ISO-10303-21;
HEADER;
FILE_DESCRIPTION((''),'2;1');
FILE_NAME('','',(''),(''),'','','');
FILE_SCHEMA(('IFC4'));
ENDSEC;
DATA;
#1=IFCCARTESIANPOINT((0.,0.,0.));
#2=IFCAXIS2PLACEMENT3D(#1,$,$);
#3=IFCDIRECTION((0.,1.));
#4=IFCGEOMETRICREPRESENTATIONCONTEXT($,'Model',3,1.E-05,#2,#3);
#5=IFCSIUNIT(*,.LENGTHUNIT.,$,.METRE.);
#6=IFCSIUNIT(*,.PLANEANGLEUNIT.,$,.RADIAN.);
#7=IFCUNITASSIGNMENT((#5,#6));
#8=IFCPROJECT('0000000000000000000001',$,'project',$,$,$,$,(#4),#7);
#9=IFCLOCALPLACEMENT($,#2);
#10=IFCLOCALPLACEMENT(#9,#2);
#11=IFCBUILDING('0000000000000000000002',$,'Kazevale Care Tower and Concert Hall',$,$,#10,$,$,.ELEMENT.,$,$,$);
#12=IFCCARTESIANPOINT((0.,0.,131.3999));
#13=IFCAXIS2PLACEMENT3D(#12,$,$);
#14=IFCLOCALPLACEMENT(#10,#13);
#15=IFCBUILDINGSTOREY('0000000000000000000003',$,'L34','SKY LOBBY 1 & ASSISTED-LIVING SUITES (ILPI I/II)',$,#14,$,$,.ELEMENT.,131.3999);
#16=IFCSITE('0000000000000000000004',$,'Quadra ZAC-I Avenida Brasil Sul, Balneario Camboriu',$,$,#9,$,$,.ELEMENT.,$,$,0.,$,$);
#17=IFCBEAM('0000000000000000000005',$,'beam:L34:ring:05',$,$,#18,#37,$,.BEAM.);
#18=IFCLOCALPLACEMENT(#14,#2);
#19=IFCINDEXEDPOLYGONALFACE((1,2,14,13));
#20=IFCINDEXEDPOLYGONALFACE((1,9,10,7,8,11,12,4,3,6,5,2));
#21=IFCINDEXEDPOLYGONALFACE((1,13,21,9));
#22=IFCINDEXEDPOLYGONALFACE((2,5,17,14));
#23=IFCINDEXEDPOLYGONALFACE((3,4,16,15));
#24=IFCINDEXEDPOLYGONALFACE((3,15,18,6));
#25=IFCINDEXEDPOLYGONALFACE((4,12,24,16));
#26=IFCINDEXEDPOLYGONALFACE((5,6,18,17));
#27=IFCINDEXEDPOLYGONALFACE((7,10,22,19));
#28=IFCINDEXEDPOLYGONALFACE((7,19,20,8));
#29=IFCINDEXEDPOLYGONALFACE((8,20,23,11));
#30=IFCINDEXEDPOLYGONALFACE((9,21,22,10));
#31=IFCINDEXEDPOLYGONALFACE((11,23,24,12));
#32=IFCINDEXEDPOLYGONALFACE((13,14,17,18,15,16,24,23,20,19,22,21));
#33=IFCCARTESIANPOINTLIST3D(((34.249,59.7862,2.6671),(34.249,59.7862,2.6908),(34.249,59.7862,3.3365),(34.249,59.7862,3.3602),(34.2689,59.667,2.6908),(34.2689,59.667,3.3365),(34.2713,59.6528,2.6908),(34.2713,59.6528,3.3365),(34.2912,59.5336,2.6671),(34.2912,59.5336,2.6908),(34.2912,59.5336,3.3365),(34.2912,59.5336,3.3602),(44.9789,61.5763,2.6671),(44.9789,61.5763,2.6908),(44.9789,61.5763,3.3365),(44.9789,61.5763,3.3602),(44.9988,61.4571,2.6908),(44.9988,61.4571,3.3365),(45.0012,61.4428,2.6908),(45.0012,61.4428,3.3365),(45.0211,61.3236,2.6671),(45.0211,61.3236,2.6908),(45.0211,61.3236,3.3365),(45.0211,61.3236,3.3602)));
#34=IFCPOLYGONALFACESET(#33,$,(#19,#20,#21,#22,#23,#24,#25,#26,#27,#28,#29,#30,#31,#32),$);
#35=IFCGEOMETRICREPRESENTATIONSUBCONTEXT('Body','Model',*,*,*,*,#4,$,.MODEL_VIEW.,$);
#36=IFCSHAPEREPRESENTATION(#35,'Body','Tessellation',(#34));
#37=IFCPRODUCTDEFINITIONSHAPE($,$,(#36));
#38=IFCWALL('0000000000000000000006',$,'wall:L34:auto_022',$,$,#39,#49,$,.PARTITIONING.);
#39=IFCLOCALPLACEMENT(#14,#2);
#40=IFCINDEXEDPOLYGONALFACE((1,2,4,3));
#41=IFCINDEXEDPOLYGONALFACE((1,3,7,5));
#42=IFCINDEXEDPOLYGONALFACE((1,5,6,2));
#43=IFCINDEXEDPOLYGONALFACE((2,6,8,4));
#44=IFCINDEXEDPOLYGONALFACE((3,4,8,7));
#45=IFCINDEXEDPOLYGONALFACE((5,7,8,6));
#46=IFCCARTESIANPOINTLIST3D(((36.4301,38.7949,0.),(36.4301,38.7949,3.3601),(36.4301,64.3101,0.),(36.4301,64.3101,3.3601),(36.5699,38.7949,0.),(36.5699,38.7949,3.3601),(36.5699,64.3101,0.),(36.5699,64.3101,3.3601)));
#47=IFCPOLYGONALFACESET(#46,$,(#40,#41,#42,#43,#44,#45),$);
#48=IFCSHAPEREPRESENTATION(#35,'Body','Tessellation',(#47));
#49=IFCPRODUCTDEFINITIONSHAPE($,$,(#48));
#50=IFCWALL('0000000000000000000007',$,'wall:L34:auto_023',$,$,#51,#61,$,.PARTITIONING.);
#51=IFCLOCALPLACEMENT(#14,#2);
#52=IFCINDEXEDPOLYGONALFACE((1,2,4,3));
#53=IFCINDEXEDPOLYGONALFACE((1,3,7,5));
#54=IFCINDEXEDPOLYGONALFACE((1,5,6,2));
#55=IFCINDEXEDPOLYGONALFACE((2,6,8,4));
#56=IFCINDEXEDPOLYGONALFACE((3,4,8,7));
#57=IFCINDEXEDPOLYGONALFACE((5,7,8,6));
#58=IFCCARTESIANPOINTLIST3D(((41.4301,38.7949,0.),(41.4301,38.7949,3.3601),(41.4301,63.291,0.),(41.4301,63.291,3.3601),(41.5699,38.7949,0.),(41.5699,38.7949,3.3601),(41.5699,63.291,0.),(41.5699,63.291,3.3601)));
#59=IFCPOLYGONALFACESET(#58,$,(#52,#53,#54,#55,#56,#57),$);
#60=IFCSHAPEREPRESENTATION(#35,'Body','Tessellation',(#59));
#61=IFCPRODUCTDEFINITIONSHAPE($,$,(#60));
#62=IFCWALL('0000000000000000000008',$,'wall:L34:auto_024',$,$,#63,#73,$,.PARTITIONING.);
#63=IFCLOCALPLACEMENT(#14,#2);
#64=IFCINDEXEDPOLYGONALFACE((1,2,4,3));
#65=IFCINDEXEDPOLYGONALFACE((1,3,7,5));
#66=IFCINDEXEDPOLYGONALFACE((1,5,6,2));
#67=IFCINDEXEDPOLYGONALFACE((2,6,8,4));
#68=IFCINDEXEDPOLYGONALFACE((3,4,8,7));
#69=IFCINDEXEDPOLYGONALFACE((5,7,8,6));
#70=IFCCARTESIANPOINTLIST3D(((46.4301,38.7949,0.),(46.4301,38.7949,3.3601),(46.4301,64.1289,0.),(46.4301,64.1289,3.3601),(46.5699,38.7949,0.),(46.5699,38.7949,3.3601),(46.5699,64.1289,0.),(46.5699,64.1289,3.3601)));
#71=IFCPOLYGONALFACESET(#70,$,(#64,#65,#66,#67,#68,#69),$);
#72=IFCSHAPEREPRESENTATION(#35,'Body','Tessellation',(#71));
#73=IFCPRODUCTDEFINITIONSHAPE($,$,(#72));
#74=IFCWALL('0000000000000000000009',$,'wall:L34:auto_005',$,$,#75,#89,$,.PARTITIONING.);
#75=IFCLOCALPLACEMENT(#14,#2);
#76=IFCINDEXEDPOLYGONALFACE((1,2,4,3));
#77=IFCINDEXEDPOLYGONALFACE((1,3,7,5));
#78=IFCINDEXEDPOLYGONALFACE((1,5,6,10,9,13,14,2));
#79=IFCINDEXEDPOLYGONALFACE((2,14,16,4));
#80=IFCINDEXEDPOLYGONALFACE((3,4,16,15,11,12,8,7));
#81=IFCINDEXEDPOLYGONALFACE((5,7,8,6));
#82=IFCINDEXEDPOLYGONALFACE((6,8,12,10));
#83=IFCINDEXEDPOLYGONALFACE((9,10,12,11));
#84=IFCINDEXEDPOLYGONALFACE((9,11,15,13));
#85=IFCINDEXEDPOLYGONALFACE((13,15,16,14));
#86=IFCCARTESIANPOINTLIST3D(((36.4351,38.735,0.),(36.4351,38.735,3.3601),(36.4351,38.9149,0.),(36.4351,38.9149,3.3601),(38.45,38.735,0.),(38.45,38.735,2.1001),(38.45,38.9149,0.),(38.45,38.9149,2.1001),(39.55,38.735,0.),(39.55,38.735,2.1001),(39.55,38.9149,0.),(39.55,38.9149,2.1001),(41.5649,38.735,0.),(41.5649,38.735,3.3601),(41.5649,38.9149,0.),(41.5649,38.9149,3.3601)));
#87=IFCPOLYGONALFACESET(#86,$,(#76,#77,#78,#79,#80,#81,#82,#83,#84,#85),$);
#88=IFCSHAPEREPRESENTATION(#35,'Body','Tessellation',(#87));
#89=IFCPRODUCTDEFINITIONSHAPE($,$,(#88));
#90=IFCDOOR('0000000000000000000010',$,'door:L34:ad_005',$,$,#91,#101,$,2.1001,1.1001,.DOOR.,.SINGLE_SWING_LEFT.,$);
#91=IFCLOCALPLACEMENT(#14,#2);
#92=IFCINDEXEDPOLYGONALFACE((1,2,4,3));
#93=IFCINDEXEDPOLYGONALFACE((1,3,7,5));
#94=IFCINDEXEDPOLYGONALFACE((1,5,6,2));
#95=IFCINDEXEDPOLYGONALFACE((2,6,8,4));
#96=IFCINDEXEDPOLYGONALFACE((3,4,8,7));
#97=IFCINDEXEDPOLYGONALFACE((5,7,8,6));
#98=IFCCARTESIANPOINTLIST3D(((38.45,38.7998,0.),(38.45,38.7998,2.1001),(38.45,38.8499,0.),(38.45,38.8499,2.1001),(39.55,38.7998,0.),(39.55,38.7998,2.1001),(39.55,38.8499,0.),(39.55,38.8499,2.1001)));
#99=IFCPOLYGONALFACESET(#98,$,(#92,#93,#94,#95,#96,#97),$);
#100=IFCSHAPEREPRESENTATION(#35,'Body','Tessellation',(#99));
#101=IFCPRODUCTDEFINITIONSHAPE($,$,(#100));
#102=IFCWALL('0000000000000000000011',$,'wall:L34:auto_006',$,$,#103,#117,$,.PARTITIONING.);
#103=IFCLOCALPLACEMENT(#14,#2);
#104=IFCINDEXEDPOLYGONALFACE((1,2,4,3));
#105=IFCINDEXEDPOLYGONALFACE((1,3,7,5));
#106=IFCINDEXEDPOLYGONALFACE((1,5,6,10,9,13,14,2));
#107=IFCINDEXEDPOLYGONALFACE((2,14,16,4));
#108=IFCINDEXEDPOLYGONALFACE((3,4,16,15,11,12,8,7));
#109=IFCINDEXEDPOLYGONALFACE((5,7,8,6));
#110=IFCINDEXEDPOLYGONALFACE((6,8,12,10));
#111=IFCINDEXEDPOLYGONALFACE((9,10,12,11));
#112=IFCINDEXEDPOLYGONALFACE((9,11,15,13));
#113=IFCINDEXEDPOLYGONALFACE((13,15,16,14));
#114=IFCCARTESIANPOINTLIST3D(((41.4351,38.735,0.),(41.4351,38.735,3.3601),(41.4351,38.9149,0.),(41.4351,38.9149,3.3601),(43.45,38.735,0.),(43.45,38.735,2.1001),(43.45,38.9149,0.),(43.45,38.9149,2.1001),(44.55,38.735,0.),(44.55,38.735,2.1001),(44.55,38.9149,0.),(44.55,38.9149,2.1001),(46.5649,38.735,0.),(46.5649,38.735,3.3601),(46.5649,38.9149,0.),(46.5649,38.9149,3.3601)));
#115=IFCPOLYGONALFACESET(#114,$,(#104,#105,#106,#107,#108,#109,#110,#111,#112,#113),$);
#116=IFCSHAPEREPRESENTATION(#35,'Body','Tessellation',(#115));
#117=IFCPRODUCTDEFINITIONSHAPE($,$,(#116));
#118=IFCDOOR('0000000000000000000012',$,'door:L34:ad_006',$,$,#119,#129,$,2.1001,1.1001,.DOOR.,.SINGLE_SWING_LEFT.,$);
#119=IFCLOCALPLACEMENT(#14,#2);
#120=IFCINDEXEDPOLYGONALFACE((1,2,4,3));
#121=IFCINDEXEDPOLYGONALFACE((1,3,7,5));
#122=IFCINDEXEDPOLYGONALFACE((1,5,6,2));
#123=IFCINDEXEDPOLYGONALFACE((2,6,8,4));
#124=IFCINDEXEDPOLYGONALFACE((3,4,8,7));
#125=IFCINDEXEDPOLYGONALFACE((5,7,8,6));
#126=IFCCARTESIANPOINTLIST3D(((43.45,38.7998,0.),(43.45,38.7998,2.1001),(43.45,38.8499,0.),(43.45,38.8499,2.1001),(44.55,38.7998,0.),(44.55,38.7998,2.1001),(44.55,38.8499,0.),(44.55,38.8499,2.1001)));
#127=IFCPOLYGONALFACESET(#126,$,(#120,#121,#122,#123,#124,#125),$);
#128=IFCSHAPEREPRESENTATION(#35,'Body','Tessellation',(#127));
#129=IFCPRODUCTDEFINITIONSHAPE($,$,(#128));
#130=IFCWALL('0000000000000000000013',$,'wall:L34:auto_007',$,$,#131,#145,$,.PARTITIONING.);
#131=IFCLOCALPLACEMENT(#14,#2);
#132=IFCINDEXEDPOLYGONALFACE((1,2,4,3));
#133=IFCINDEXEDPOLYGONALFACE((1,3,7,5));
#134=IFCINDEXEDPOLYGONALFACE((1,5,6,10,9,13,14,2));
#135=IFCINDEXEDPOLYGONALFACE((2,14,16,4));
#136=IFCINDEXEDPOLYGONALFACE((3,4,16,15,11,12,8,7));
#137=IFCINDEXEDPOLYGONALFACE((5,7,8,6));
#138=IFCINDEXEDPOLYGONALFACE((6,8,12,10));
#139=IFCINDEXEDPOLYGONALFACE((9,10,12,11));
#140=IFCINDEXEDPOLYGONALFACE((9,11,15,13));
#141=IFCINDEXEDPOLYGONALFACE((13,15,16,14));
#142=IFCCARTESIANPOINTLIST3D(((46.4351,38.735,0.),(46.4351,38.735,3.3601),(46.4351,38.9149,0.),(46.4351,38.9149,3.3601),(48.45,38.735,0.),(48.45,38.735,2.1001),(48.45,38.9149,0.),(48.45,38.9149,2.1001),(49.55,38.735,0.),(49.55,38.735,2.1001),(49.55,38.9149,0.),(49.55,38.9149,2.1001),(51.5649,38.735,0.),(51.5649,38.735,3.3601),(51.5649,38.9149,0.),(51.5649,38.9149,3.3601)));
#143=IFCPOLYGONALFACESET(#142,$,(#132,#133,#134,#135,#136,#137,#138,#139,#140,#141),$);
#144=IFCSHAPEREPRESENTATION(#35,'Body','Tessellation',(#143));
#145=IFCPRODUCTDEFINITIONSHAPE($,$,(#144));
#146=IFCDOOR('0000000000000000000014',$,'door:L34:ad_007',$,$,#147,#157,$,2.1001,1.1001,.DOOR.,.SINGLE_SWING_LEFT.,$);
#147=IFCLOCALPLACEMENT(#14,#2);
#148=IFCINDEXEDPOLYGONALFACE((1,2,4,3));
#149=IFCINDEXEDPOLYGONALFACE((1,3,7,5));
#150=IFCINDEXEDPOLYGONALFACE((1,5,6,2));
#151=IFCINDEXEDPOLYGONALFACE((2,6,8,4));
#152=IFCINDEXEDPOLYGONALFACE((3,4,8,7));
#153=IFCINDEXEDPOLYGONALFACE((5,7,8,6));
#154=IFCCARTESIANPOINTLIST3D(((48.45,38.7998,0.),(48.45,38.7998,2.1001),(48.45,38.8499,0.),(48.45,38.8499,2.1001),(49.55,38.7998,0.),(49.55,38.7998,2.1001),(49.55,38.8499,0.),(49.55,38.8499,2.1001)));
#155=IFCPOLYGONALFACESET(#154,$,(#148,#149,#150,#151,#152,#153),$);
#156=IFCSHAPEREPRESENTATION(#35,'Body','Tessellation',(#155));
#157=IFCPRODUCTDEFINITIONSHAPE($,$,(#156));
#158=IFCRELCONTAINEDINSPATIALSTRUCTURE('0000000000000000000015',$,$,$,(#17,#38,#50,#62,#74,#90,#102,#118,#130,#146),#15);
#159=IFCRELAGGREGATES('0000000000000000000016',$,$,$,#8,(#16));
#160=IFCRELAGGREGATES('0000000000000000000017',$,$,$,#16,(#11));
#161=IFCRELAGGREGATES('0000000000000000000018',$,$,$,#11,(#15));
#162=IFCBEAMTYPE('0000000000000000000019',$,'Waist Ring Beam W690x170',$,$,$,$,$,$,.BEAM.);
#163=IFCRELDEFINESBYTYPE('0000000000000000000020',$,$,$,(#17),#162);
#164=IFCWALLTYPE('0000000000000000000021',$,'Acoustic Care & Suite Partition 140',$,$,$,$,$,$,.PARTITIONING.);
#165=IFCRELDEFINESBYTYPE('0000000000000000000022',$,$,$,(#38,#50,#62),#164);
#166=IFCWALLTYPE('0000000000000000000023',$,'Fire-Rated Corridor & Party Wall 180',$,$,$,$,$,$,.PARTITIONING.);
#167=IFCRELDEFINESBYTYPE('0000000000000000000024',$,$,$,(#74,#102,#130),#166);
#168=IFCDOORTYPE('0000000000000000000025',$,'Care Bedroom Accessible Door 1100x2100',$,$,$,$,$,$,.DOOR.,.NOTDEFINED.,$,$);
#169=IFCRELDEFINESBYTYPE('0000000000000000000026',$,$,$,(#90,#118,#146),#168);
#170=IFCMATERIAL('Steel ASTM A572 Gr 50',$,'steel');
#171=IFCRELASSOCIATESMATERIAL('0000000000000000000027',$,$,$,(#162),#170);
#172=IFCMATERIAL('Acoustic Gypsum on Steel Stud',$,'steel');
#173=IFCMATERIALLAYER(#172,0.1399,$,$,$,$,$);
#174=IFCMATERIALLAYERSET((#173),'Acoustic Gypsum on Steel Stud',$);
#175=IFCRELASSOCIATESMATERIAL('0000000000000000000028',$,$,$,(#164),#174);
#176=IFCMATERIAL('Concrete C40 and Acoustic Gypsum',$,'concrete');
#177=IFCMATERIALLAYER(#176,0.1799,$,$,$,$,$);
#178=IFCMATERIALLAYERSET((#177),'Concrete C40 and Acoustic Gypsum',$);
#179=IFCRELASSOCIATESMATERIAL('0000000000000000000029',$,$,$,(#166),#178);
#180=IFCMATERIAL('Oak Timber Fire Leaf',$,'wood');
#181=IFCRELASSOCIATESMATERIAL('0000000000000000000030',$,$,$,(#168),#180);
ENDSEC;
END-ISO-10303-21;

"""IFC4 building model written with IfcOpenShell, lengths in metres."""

from ifc_helpers import new_model, si_unit, direction, frame, frame_2d, origin, origin_2d, place, context, subcontext, project, spatial, rectangle, i_section, extrude, material, layer, layer_set, material_profile, profile_set, type_object, element, fill, save


model = new_model("IFC4")

# Units and contexts
model_context = context("Model", 3, precision=1e-05, world=origin(), true_north=direction((0.0, 1.0)))
body_context = subcontext(model_context, "Body", "Model", "MODEL_VIEW")
ifc_project = project(units=[si_unit("LENGTHUNIT", "METRE"), si_unit("PLANEANGLEUNIT", "RADIAN")], contexts=[model_context])

# Site, building, storey
site_placement = place(None, origin())
site = spatial("IfcSite", under=ifc_project, at=site_placement, Name="Quadra ZAC-I Avenida Brasil Sul, Balneario Camboriu", CompositionType="ELEMENT", RefElevation=0.0)
building_placement = place(site_placement, origin())
building = spatial("IfcBuilding", under=site, at=building_placement, Name="Kazevale Care Tower and Concert Hall", CompositionType="ELEMENT")
storey_placement = place(building_placement, frame((0.0, 0.0, 131.3999)))
storey = spatial("IfcBuildingStorey", under=building, at=storey_placement, Name="L34", Description="SKY LOBBY 1 & ASSISTED-LIVING SUITES (ILPI I/II)", CompositionType="ELEMENT", Elevation=131.3999)

# Beam
ifc_material_1 = material(Name="Steel ASTM A572 Gr 50", Category="steel")
ifc_material_profile_1 = material_profile(ifc_material_1, i_section(OverallWidth=0.2561, OverallDepth=0.6931, WebThickness=0.0144, FlangeThickness=0.0237, at=origin_2d()), Name="W690x170")
ifc_profile_set_1 = profile_set([ifc_material_profile_1], Name="Steel ASTM A572 Gr 50")
beam_type_1 = type_object("IfcBeamType", Name="Waist Ring Beam W690x170", PredefinedType="BEAM", material=ifc_profile_set_1)
beam_1_placement = place(storey_placement, frame((45.0, 61.45, 3.0137), z_axis=(-0.986368, -0.164552, 0.0), x_axis=(0.164552, -0.986368, 0.0)))
element("IfcBeam", 1, at=beam_1_placement, inside=storey, type_object=beam_type_1, Name="beam:L34:ring:05", PredefinedType="BEAM", context=body_context, shape_type="SweptSolid", body=[
    extrude(i_section(OverallWidth=0.2561, OverallDepth=0.6931, WebThickness=0.0144, FlangeThickness=0.0237, at=origin_2d()), origin(), (0.0, 0.0, 1.0), 10.8782),
])

# Walls
ifc_material_2 = material(Name="Acoustic Gypsum on Steel Stud", Category="steel")
ifc_layer_1 = layer(ifc_material_2, 0.1399)
ifc_layer_set_1 = layer_set([ifc_layer_1], Name="Acoustic Gypsum on Steel Stud")
wall_type_1 = type_object("IfcWallType", Name="Acoustic Care & Suite Partition 140", PredefinedType="PARTITIONING", material=ifc_layer_set_1)
wall_1_placement = place(storey_placement, frame((36.5, 64.3101, 0.0), z_axis=(0.0, 0.0, 1.0), x_axis=(0.0, -1.0, 0.0)))
element("IfcWall", 2, at=wall_1_placement, inside=storey, type_object=wall_type_1, Name="wall:L34:auto_022", PredefinedType="PARTITIONING", context=body_context, shape_type="SweptSolid", body=[
    extrude(rectangle(XDim=25.5151, YDim=0.1399, at=frame_2d((12.7576, 0.0))), origin(), (0.0, 0.0, 1.0), 3.3601),
])
wall_2_placement = place(storey_placement, frame((41.5, 63.291, 0.0), z_axis=(0.0, 0.0, 1.0), x_axis=(0.0, -1.0, 0.0)))
element("IfcWall", 3, at=wall_2_placement, inside=storey, type_object=wall_type_1, Name="wall:L34:auto_023", PredefinedType="PARTITIONING", context=body_context, shape_type="SweptSolid", body=[
    extrude(rectangle(XDim=24.4961, YDim=0.1399, at=frame_2d((12.248, 0.0))), origin(), (0.0, 0.0, 1.0), 3.3601),
])
wall_3_placement = place(storey_placement, frame((46.5, 64.1289, 0.0), z_axis=(0.0, 0.0, 1.0), x_axis=(0.0, -1.0, 0.0)))
element("IfcWall", 4, at=wall_3_placement, inside=storey, type_object=wall_type_1, Name="wall:L34:auto_024", PredefinedType="PARTITIONING", context=body_context, shape_type="SweptSolid", body=[
    extrude(rectangle(XDim=25.334, YDim=0.1399, at=frame_2d((12.667, 0.0))), origin(), (0.0, 0.0, 1.0), 3.3601),
])

# Walls, openings, doors
ifc_material_3 = material(Name="Concrete C40 and Acoustic Gypsum", Category="concrete")
ifc_layer_2 = layer(ifc_material_3, 0.1799)
ifc_layer_set_2 = layer_set([ifc_layer_2], Name="Concrete C40 and Acoustic Gypsum")
wall_type_2 = type_object("IfcWallType", Name="Fire-Rated Corridor & Party Wall 180", PredefinedType="PARTITIONING", material=ifc_layer_set_2)
wall_4_placement = place(storey_placement, frame((36.4351, 38.825, 0.0), z_axis=(0.0, 0.0, 1.0), x_axis=(1.0, 0.0, 0.0)))
wall_4 = element("IfcWall", 5, at=wall_4_placement, inside=storey, type_object=wall_type_2, Name="wall:L34:auto_005", PredefinedType="PARTITIONING", context=body_context, shape_type="SweptSolid", body=[
    extrude(rectangle(XDim=5.1299, YDim=0.1799, at=frame_2d((2.5649, 0.0))), origin(), (0.0, 0.0, 1.0), 3.3601),
])
opening_1_placement = place(wall_4_placement, frame((2.0149, 0.0, 0.0)))
opening_1 = element("IfcOpeningElement", 6, at=opening_1_placement, cuts=wall_4, PredefinedType="OPENING", context=body_context, shape_type="SweptSolid", body=[
    extrude(rectangle(XDim=1.1001, YDim=2.1001, at=frame_2d((0.55, 1.05))), frame((0.0, 0.0999, 0.0), z_axis=(0.0, -1.0, 0.0), x_axis=(1.0, 0.0, 0.0)), (0.0, 0.0, 1.0), 0.2),
])
ifc_material_4 = material(Name="Oak Timber Fire Leaf", Category="wood")
door_type = type_object("IfcDoorType", Name="Care Bedroom Accessible Door 1100x2100", OperationType="NOTDEFINED", PredefinedType="DOOR", material=ifc_material_4)
door_1_placement = place(opening_1_placement, origin())
door_1 = element("IfcDoor", 7, at=door_1_placement, inside=storey, type_object=door_type, Name="door:L34:ad_005", OperationType="SINGLE_SWING_LEFT", OverallHeight=2.1001, OverallWidth=1.1001, PredefinedType="DOOR", context=body_context, shape_type="SweptSolid", body=[
    extrude(rectangle(XDim=1.1001, YDim=2.1001, at=frame_2d((0.55, 1.05))), frame((0.0, 0.0249, 0.0), z_axis=(0.0, -1.0, 0.0), x_axis=(1.0, 0.0, 0.0)), (0.0, 0.0, 1.0), 0.05),
])
fill(opening_1, door_1)
wall_5_placement = place(storey_placement, frame((41.4351, 38.825, 0.0), z_axis=(0.0, 0.0, 1.0), x_axis=(1.0, 0.0, 0.0)))
wall_5 = element("IfcWall", 8, at=wall_5_placement, inside=storey, type_object=wall_type_2, Name="wall:L34:auto_006", PredefinedType="PARTITIONING", context=body_context, shape_type="SweptSolid", body=[
    extrude(rectangle(XDim=5.1299, YDim=0.1799, at=frame_2d((2.5649, 0.0))), origin(), (0.0, 0.0, 1.0), 3.3601),
])
opening_2_placement = place(wall_5_placement, frame((2.0149, 0.0, 0.0)))
opening_2 = element("IfcOpeningElement", 9, at=opening_2_placement, cuts=wall_5, PredefinedType="OPENING", context=body_context, shape_type="SweptSolid", body=[
    extrude(rectangle(XDim=1.1001, YDim=2.1001, at=frame_2d((0.55, 1.05))), frame((0.0, 0.0999, 0.0), z_axis=(0.0, -1.0, 0.0), x_axis=(1.0, 0.0, 0.0)), (0.0, 0.0, 1.0), 0.2),
])
door_2_placement = place(opening_2_placement, origin())
door_2 = element("IfcDoor", 10, at=door_2_placement, inside=storey, type_object=door_type, Name="door:L34:ad_006", OperationType="SINGLE_SWING_LEFT", OverallHeight=2.1001, OverallWidth=1.1001, PredefinedType="DOOR", context=body_context, shape_type="SweptSolid", body=[
    extrude(rectangle(XDim=1.1001, YDim=2.1001, at=frame_2d((0.55, 1.05))), frame((0.0, 0.0249, 0.0), z_axis=(0.0, -1.0, 0.0), x_axis=(1.0, 0.0, 0.0)), (0.0, 0.0, 1.0), 0.05),
])
fill(opening_2, door_2)
wall_6_placement = place(storey_placement, frame((46.4351, 38.825, 0.0), z_axis=(0.0, 0.0, 1.0), x_axis=(1.0, 0.0, 0.0)))
wall_6 = element("IfcWall", 11, at=wall_6_placement, inside=storey, type_object=wall_type_2, Name="wall:L34:auto_007", PredefinedType="PARTITIONING", context=body_context, shape_type="SweptSolid", body=[
    extrude(rectangle(XDim=5.1299, YDim=0.1799, at=frame_2d((2.5649, 0.0))), origin(), (0.0, 0.0, 1.0), 3.3601),
])
opening_3_placement = place(wall_6_placement, frame((2.0149, 0.0, 0.0)))
opening_3 = element("IfcOpeningElement", 12, at=opening_3_placement, cuts=wall_6, PredefinedType="OPENING", context=body_context, shape_type="SweptSolid", body=[
    extrude(rectangle(XDim=1.1001, YDim=2.1001, at=frame_2d((0.55, 1.05))), frame((0.0, 0.0999, 0.0), z_axis=(0.0, -1.0, 0.0), x_axis=(1.0, 0.0, 0.0)), (0.0, 0.0, 1.0), 0.2),
])
door_3_placement = place(opening_3_placement, origin())
door_3 = element("IfcDoor", 13, at=door_3_placement, inside=storey, type_object=door_type, Name="door:L34:ad_007", OperationType="SINGLE_SWING_LEFT", OverallHeight=2.1001, OverallWidth=1.1001, PredefinedType="DOOR", context=body_context, shape_type="SweptSolid", body=[
    extrude(rectangle(XDim=1.1001, YDim=2.1001, at=frame_2d((0.55, 1.05))), frame((0.0, 0.0249, 0.0), z_axis=(0.0, -1.0, 0.0), x_axis=(1.0, 0.0, 0.0)), (0.0, 0.0, 1.0), 0.05),
])
fill(opening_3, door_3)

save(model, "model.ifc")
